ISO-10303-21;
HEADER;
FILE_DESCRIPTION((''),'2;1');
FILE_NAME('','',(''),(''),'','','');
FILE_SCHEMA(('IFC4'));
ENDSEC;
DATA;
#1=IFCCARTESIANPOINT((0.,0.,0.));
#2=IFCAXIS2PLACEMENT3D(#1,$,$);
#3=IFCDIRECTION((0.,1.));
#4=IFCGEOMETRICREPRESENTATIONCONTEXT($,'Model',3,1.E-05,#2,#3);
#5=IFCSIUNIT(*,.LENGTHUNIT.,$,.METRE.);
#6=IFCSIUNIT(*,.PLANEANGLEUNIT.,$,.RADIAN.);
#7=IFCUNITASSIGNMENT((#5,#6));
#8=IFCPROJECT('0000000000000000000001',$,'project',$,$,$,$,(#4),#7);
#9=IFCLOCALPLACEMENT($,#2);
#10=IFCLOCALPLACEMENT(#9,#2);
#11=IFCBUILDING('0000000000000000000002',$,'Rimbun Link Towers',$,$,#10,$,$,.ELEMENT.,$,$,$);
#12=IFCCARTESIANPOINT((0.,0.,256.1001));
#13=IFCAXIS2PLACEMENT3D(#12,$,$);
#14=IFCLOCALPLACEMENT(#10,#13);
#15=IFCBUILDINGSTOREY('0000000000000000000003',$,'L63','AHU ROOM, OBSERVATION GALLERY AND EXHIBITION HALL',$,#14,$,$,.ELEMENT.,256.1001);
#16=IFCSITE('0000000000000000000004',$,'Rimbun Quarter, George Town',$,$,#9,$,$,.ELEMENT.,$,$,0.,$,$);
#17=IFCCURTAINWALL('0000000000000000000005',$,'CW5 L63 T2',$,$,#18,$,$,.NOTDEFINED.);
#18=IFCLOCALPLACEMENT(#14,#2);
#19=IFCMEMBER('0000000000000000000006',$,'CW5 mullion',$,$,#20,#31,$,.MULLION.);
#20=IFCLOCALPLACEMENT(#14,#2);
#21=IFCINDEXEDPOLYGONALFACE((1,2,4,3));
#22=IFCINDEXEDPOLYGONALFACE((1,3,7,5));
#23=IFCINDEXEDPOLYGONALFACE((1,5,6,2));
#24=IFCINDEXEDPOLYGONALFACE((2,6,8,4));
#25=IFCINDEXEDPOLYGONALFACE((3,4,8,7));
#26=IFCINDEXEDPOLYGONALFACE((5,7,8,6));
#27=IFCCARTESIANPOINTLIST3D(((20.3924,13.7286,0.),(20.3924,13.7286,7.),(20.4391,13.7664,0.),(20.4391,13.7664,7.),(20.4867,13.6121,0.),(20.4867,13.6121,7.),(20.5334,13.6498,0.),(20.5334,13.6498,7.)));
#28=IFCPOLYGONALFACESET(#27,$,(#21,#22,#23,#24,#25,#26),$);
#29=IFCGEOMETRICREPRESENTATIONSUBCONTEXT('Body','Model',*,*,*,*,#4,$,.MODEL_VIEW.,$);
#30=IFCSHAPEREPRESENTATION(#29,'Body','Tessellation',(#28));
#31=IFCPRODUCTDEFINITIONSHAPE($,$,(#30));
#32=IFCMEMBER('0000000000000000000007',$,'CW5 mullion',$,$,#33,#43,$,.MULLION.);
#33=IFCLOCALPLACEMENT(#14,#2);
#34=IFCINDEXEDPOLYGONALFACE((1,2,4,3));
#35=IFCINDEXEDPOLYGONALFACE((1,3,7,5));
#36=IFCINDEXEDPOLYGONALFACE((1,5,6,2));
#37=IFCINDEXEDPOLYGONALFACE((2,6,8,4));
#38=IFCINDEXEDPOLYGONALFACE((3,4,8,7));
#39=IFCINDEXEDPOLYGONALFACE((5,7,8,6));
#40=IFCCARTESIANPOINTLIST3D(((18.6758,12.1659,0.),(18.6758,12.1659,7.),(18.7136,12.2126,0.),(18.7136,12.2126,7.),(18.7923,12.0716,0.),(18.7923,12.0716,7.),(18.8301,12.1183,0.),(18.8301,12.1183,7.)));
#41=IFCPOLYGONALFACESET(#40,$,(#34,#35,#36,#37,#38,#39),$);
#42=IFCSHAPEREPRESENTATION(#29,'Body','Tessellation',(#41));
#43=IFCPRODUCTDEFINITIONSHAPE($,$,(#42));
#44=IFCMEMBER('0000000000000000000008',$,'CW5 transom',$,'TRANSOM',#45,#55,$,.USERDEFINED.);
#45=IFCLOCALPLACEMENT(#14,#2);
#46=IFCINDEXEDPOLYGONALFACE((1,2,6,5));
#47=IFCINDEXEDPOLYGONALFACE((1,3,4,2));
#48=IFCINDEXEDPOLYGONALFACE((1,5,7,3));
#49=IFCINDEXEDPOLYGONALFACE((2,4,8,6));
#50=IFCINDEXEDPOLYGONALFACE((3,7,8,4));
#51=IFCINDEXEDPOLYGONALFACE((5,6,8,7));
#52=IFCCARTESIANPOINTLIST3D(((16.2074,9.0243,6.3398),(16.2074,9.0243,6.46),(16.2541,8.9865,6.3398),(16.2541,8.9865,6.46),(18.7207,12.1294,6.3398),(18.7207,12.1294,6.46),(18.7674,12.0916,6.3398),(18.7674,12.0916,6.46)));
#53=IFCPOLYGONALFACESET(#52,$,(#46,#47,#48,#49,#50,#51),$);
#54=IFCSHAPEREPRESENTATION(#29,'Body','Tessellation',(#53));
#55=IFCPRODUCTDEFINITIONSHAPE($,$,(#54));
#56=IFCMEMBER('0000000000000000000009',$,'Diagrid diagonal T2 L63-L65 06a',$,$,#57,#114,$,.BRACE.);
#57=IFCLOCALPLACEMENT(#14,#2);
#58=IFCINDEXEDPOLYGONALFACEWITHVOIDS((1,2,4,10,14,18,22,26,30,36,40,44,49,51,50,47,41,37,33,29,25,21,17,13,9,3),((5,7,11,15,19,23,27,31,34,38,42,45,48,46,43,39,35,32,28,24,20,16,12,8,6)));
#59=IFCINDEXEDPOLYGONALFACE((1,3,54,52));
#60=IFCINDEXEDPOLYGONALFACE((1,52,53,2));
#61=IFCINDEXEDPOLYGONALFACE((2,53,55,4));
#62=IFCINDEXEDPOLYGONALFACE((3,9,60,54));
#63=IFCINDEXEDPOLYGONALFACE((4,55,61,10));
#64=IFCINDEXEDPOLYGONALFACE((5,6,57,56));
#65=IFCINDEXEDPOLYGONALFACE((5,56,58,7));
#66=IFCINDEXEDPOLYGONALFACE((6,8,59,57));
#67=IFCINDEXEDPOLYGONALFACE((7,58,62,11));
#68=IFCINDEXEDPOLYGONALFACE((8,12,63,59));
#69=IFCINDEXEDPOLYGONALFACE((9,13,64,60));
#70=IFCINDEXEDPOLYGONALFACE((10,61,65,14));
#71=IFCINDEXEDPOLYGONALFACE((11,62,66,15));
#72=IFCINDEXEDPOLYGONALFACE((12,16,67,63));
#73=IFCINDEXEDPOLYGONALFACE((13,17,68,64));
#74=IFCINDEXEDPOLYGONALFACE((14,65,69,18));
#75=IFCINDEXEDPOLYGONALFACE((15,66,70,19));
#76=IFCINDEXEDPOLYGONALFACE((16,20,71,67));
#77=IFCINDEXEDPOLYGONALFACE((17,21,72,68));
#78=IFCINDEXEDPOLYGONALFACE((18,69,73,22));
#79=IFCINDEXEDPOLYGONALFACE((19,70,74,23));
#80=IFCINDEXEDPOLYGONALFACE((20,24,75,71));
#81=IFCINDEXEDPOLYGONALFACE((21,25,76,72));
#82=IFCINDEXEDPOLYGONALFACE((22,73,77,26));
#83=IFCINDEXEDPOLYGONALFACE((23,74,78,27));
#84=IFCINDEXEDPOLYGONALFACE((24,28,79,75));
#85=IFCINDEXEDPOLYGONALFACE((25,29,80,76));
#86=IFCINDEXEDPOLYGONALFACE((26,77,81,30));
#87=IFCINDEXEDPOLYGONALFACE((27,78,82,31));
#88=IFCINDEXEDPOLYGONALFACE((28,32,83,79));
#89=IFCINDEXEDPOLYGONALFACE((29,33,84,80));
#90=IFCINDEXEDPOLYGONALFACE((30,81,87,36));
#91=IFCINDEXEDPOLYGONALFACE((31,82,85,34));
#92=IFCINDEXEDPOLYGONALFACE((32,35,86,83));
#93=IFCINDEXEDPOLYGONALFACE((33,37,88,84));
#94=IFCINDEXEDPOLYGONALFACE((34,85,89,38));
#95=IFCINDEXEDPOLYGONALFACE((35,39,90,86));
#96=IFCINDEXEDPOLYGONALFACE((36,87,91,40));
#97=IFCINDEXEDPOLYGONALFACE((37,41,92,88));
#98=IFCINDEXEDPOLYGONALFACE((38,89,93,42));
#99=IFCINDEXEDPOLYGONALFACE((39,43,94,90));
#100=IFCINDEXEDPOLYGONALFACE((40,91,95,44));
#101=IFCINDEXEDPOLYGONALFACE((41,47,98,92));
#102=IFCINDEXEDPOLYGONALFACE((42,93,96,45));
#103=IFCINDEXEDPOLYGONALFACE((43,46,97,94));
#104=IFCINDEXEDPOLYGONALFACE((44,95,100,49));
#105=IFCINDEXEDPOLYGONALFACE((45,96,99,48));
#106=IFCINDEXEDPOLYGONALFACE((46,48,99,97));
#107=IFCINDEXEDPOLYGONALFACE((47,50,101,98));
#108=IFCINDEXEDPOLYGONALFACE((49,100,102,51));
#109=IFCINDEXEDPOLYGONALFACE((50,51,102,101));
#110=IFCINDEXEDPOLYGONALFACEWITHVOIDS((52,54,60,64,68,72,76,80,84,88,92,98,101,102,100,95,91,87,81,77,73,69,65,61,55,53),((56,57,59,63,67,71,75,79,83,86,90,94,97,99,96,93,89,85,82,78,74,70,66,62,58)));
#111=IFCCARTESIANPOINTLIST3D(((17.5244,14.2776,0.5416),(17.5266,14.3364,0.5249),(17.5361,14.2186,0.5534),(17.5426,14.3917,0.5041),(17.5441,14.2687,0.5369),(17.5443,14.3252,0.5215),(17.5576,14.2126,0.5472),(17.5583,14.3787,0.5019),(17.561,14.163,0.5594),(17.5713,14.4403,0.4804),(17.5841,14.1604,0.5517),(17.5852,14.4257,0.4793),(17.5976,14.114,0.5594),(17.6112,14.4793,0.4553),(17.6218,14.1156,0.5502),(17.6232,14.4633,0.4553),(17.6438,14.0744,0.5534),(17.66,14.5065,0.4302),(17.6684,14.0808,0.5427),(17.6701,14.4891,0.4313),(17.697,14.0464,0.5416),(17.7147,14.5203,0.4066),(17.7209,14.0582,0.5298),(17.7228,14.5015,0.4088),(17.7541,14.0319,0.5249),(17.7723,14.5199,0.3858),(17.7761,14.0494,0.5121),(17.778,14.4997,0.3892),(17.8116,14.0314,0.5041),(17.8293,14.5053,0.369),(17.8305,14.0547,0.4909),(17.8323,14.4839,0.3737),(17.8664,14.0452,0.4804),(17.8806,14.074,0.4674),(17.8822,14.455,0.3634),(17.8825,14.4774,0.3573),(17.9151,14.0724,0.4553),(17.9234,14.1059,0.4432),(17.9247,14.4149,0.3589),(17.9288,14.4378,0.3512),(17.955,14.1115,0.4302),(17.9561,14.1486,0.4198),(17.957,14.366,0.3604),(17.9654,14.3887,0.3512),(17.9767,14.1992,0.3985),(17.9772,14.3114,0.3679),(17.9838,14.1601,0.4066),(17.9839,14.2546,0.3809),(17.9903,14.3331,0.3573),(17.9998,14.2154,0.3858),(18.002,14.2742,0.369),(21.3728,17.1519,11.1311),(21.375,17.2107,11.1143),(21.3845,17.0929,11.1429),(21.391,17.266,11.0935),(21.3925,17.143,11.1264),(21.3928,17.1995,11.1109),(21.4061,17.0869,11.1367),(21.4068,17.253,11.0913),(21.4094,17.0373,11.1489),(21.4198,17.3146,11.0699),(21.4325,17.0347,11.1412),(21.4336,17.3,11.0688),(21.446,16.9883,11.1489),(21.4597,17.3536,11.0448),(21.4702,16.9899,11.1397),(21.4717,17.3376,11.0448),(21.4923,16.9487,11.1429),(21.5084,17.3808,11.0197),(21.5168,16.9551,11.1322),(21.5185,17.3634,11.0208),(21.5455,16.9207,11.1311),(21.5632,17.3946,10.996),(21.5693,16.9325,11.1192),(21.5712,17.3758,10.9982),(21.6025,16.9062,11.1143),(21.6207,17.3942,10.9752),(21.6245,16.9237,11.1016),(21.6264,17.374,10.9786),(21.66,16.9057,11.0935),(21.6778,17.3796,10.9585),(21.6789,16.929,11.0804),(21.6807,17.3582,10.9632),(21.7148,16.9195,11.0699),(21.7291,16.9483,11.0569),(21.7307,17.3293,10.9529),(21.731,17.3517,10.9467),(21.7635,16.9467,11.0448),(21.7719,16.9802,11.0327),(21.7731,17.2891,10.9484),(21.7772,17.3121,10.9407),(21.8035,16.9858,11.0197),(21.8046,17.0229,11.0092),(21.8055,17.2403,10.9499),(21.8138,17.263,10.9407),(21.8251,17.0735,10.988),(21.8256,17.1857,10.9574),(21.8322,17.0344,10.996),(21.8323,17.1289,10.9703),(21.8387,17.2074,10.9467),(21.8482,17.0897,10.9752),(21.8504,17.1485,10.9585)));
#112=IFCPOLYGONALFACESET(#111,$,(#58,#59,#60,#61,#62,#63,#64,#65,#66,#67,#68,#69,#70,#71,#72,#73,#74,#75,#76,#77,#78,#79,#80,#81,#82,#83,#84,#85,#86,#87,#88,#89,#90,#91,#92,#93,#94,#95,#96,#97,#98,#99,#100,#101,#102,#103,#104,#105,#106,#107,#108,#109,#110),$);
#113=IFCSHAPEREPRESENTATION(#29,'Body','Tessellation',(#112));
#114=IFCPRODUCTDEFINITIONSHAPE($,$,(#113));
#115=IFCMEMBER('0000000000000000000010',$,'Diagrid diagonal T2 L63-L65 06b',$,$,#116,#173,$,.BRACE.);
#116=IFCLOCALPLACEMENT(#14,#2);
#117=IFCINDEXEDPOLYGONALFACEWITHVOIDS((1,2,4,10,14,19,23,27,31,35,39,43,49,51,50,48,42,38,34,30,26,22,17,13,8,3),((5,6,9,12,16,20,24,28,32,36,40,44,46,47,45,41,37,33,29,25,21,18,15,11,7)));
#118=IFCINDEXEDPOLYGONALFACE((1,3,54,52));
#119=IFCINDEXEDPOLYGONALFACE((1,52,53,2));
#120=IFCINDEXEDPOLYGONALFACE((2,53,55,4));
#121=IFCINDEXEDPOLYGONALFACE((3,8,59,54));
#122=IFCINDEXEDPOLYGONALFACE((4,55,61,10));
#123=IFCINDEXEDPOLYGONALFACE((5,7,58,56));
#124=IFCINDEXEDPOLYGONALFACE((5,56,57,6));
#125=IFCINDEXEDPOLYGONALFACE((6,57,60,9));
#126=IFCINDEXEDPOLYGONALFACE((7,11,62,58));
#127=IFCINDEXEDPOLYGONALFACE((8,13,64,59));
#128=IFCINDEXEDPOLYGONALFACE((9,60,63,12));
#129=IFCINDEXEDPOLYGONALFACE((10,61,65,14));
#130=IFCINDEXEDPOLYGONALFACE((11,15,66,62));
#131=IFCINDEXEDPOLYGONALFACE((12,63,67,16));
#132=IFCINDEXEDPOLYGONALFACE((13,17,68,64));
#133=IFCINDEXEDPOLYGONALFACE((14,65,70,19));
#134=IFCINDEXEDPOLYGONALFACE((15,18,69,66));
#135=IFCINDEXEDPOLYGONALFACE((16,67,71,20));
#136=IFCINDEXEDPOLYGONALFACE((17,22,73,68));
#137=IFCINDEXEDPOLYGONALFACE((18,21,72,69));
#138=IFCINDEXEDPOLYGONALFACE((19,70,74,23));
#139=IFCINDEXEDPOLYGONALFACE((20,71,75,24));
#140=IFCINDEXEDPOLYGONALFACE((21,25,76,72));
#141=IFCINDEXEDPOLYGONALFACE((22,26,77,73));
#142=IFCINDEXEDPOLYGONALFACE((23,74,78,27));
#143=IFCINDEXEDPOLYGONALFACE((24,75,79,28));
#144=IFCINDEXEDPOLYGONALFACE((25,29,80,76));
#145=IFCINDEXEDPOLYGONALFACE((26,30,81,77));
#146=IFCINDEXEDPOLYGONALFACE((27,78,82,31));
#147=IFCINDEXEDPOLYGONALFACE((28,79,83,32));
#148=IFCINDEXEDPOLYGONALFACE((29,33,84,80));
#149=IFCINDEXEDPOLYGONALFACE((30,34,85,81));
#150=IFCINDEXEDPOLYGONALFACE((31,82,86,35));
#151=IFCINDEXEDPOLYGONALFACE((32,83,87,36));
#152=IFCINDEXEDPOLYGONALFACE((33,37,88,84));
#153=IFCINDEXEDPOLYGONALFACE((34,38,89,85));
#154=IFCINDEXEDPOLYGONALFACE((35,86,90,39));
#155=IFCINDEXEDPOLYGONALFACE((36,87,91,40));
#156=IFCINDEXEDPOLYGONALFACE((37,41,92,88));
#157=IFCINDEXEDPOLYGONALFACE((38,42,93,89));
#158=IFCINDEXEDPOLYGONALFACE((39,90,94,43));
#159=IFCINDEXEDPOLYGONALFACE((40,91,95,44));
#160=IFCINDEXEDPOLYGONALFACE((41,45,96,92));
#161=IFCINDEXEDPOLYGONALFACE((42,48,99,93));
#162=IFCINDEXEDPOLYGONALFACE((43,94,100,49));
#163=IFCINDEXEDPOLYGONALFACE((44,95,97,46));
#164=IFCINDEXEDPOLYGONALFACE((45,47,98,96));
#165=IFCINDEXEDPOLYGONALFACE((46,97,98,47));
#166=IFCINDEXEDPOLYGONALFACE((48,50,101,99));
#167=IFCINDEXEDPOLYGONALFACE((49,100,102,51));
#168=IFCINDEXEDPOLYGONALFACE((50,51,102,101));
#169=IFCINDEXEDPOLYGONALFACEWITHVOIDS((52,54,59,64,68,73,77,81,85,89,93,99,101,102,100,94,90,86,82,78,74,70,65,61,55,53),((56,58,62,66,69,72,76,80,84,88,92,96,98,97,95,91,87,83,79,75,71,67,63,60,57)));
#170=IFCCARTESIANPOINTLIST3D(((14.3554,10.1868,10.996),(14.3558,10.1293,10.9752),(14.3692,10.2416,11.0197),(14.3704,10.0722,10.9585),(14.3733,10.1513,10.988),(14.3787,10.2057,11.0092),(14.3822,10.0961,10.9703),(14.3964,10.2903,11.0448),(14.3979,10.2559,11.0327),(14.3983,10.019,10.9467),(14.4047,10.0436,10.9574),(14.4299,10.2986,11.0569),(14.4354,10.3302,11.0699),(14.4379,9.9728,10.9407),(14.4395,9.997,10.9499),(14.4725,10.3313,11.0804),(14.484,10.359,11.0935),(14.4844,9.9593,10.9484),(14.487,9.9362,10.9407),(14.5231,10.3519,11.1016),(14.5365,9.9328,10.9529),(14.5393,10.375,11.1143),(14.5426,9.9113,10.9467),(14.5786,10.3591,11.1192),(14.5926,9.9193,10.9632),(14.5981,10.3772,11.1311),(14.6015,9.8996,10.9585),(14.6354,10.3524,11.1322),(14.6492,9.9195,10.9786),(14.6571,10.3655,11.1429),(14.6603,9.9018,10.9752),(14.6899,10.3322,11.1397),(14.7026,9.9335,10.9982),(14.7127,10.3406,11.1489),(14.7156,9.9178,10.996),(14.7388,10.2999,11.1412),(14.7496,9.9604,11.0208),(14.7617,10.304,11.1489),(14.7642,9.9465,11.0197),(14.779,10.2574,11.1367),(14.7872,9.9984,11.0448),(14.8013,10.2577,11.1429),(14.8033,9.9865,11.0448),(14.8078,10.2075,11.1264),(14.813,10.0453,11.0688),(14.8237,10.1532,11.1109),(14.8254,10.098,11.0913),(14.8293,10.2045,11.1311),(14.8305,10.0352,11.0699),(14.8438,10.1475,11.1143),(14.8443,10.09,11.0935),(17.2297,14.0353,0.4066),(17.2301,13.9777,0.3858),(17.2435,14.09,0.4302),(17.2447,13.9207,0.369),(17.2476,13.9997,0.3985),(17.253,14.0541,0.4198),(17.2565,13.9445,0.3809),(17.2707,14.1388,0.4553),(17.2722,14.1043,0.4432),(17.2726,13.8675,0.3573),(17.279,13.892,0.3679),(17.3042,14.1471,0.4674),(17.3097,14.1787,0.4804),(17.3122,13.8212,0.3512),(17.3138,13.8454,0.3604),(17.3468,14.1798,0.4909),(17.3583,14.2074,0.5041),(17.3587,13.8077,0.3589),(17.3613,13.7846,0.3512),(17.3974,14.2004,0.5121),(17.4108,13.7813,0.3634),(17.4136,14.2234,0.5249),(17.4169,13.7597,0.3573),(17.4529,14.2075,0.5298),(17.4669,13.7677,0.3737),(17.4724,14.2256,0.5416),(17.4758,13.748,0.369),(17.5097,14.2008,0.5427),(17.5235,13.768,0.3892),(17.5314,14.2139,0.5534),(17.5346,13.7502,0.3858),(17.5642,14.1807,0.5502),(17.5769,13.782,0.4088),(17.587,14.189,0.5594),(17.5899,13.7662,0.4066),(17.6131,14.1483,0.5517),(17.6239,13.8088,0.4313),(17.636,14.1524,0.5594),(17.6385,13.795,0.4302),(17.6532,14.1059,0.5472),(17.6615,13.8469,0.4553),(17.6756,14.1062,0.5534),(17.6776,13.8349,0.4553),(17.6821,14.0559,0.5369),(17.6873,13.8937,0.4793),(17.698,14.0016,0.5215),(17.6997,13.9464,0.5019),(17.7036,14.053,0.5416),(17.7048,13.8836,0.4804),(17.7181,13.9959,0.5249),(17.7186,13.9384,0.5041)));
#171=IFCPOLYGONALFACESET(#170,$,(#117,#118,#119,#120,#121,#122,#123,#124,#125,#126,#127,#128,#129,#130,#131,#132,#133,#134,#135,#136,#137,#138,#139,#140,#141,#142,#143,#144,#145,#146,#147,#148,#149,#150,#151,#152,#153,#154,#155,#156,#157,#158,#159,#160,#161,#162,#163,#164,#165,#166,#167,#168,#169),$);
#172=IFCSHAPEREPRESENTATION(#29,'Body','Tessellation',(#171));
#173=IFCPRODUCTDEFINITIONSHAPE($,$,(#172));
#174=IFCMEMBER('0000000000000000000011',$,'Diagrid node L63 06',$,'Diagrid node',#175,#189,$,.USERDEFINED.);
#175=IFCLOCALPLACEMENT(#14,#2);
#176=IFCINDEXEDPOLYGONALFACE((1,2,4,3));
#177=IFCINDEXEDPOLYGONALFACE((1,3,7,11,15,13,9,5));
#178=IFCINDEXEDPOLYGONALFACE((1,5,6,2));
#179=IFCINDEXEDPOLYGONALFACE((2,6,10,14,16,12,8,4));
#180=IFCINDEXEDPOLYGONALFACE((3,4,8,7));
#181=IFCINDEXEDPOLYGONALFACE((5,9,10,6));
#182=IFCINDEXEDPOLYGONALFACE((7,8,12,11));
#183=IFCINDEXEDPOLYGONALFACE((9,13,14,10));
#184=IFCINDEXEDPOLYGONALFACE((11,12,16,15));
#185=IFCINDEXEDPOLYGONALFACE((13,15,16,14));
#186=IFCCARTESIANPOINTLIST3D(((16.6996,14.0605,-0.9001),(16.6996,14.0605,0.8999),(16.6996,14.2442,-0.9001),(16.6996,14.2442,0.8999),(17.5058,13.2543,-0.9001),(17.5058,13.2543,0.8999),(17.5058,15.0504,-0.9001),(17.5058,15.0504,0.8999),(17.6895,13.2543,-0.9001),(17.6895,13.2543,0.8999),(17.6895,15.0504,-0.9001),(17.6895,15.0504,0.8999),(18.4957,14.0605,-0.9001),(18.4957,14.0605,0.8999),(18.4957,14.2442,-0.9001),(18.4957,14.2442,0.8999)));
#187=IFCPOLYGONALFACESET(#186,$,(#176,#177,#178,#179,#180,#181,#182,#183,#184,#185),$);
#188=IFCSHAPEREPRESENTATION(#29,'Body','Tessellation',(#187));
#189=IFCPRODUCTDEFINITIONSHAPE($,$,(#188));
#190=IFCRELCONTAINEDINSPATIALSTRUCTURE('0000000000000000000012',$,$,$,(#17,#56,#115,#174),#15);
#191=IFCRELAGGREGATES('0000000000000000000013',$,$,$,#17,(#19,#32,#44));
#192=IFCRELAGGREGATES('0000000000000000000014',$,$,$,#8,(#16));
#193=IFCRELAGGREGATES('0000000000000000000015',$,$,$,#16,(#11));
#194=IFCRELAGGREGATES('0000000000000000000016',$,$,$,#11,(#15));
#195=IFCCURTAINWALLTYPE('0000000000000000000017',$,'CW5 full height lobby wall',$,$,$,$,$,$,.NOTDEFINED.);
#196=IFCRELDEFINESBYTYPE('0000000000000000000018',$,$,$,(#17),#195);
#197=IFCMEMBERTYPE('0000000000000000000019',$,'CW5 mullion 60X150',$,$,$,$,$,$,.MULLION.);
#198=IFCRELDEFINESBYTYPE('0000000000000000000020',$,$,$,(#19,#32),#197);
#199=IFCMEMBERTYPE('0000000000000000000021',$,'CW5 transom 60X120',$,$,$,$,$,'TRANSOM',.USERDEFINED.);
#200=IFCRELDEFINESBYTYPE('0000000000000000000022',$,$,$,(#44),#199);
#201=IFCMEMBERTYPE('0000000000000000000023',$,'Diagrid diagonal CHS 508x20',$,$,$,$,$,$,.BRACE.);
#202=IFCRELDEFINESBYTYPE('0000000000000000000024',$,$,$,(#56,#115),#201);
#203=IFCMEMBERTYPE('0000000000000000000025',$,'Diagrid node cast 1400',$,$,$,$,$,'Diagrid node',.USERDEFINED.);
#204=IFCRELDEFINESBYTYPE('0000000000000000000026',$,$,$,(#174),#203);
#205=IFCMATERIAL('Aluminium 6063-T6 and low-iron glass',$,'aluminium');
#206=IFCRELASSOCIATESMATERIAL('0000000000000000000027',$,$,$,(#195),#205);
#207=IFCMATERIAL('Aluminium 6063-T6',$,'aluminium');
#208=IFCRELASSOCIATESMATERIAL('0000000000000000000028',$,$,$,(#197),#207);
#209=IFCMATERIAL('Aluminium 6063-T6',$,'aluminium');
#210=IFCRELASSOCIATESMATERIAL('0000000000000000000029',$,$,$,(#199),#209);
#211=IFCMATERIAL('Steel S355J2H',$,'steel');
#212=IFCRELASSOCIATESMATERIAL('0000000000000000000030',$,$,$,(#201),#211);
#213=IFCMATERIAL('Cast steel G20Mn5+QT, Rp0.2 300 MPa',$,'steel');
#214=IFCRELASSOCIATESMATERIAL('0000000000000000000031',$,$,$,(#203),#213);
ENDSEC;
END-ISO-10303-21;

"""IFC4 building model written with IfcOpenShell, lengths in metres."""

from ifc_helpers import new_model, si_unit, direction, frame, origin, origin_2d, place, context, subcontext, project, spatial, polyline, rectangle, hollow_circle, outline, extrude, material, material_profile, profile_set, type_object, element, aggregate, save


model = new_model("IFC4")

# Units and contexts
model_context = context("Model", 3, precision=1e-05, world=origin(), true_north=direction((0.0, 1.0)))
body_context = subcontext(model_context, "Body", "Model", "MODEL_VIEW")
ifc_project = project(units=[si_unit("LENGTHUNIT", "METRE"), si_unit("PLANEANGLEUNIT", "RADIAN")], contexts=[model_context])

# Site, building, storey
site_placement = place(None, origin())
site = spatial("IfcSite", under=ifc_project, at=site_placement, Name="Rimbun Quarter, George Town", CompositionType="ELEMENT", RefElevation=0.0)
building_placement = place(site_placement, origin())
building = spatial("IfcBuilding", under=site, at=building_placement, Name="Rimbun Link Towers", CompositionType="ELEMENT")
storey_placement = place(building_placement, frame((0.0, 0.0, 256.1001)))
storey = spatial("IfcBuildingStorey", under=building, at=storey_placement, Name="L63", Description="AHU ROOM, OBSERVATION GALLERY AND EXHIBITION HALL", CompositionType="ELEMENT", Elevation=256.1001)

# Curtain wall, members
ifc_material_1 = material(Name="Aluminium 6063-T6 and low-iron glass", Category="aluminium")
curtain_wall_type = type_object("IfcCurtainWallType", Name="CW5 full height lobby wall", PredefinedType="NOTDEFINED", material=ifc_material_1)
curtain_wall_placement = place(storey_placement, origin())
curtain_wall = element("IfcCurtainWall", 1, at=curtain_wall_placement, inside=storey, type_object=curtain_wall_type, Name="CW5 L63 T2", PredefinedType="NOTDEFINED")
ifc_material_2 = material(Name="Aluminium 6063-T6", Category="aluminium")
ifc_material_profile_1 = material_profile(ifc_material_2, rectangle(XDim=0.1499, YDim=0.0601, at=origin_2d()), Name="MULLION 60X150")
ifc_profile_set_1 = profile_set([ifc_material_profile_1], Name="Aluminium 6063-T6")
member_type_1 = type_object("IfcMemberType", Name="CW5 mullion 60X150", PredefinedType="MULLION", material=ifc_profile_set_1)
member_1_placement = place(storey_placement, frame((20.4629, 13.6892, 0.0), z_axis=(0.0, 0.0, 1.0), x_axis=(-0.629144, 0.777289, 0.0)))
member_1 = element("IfcMember", 2, at=member_1_placement, type_object=member_type_1, Name="CW5 mullion", PredefinedType="MULLION", context=body_context, shape_type="SweptSolid", body=[
    extrude(rectangle(XDim=0.1499, YDim=0.0601, at=origin_2d()), origin(), (0.0, 0.0, 1.0), 7.0),
])
member_2_placement = place(storey_placement, frame((18.7529, 12.1421, 0.0), z_axis=(0.0, 0.0, 1.0), x_axis=(-0.777289, 0.629144, 0.0)))
member_2 = element("IfcMember", 3, at=member_2_placement, type_object=member_type_1, Name="CW5 mullion", PredefinedType="MULLION", context=body_context, shape_type="SweptSolid", body=[
    extrude(rectangle(XDim=0.1499, YDim=0.0601, at=origin_2d()), origin(), (0.0, 0.0, 1.0), 7.0),
])
ifc_material_3 = material(Name="Aluminium 6063-T6", Category="aluminium")
ifc_material_profile_2 = material_profile(ifc_material_3, rectangle(XDim=0.0601, YDim=0.1201, at=origin_2d()), Name="TRANSOM 60X120")
ifc_profile_set_2 = profile_set([ifc_material_profile_2], Name="Aluminium 6063-T6")
member_type_2 = type_object("IfcMemberType", Name="CW5 transom 60X120", ElementType="TRANSOM", PredefinedType="USERDEFINED", material=ifc_profile_set_2)
member_3_placement = place(storey_placement, frame((16.2307, 9.0054, 6.3999), z_axis=(0.629149, 0.777285, 0.0), x_axis=(-0.777285, 0.629149, 0.0)))
member_3 = element("IfcMember", 4, at=member_3_placement, type_object=member_type_2, Name="CW5 transom", ObjectType="TRANSOM", PredefinedType="USERDEFINED", context=body_context, shape_type="SweptSolid", body=[
    extrude(rectangle(XDim=0.0601, YDim=0.1201, at=origin_2d()), origin(), (0.0, 0.0, 1.0), 3.9949),
])

# Members
ifc_material_4 = material(Name="Steel S355J2H", Category="steel")
ifc_material_profile_3 = material_profile(ifc_material_4, hollow_circle(Radius=0.2539, WallThickness=0.02, at=origin_2d()), Name="Diagrid diagonal CHS 508x20")
ifc_profile_set_3 = profile_set([ifc_material_profile_3], Name="Steel S355J2H")
member_type_3 = type_object("IfcMemberType", Name="Diagrid diagonal CHS 508x20", PredefinedType="BRACE", material=ifc_profile_set_3)
for number, where, z_axis, x_axis, name in (
    (5, (17.7632, 14.2759, 0.4553), (0.330964, 0.247189, 0.910692), (-0.598397, 0.8012, 0.0), "Diagrid diagonal T2 L63-L65 06a"),
    (6, (17.4741, 13.9868, 0.4553), (-0.247189, -0.330964, 0.910692), (0.8012, -0.598397, 0.0), "Diagrid diagonal T2 L63-L65 06b"),
):
    element("IfcMember", number, at=place(storey_placement, frame(where, z_axis=z_axis, x_axis=x_axis)), inside=storey, type_object=member_type_3, Name=name, PredefinedType="BRACE", context=body_context, shape_type="SweptSolid", body=[
        extrude(hollow_circle(Radius=0.2539, WallThickness=0.02, at=origin_2d()), origin(), (0.0, 0.0, 1.0), 11.6279),
    ])
ifc_material_5 = material(Name="Cast steel G20Mn5+QT, Rp0.2 300 MPa", Category="steel")
ifc_material_profile_4 = material_profile(ifc_material_5, outline(polyline([(0.7, -0.5701), (0.7, 0.5701), (0.5701, 0.7), (-0.5701, 0.7), (-0.7, 0.5701), (-0.7, -0.5701), (-0.5701, -0.7), (0.5701, -0.7), (0.7, -0.5701)])), Name="NODE 1400x1400")
ifc_profile_set_4 = profile_set([ifc_material_profile_4], Name="Cast steel G20Mn5+QT, Rp0.2 300 MPa")
member_type_4 = type_object("IfcMemberType", Name="Diagrid node cast 1400", ElementType="Diagrid node", PredefinedType="USERDEFINED", material=ifc_profile_set_4)
member_4_placement = place(storey_placement, frame((17.5977, 14.1523, -0.9001), z_axis=(0.0, 0.0, 1.0), x_axis=(-0.707107, 0.707107, 0.0)))
element("IfcMember", 7, at=member_4_placement, inside=storey, type_object=member_type_4, Name="Diagrid node L63 06", ObjectType="Diagrid node", PredefinedType="USERDEFINED", context=body_context, shape_type="SweptSolid", body=[
    extrude(outline(polyline([(0.7, -0.5701), (0.7, 0.5701), (0.5701, 0.7), (-0.5701, 0.7), (-0.7, 0.5701), (-0.7, -0.5701), (-0.5701, -0.7), (0.5701, -0.7), (0.7, -0.5701)])), origin(), (0.0, 0.0, 1.0), 1.8),
])

aggregate(curtain_wall, [member_1, member_2, member_3])

save(model, "model.ifc")
